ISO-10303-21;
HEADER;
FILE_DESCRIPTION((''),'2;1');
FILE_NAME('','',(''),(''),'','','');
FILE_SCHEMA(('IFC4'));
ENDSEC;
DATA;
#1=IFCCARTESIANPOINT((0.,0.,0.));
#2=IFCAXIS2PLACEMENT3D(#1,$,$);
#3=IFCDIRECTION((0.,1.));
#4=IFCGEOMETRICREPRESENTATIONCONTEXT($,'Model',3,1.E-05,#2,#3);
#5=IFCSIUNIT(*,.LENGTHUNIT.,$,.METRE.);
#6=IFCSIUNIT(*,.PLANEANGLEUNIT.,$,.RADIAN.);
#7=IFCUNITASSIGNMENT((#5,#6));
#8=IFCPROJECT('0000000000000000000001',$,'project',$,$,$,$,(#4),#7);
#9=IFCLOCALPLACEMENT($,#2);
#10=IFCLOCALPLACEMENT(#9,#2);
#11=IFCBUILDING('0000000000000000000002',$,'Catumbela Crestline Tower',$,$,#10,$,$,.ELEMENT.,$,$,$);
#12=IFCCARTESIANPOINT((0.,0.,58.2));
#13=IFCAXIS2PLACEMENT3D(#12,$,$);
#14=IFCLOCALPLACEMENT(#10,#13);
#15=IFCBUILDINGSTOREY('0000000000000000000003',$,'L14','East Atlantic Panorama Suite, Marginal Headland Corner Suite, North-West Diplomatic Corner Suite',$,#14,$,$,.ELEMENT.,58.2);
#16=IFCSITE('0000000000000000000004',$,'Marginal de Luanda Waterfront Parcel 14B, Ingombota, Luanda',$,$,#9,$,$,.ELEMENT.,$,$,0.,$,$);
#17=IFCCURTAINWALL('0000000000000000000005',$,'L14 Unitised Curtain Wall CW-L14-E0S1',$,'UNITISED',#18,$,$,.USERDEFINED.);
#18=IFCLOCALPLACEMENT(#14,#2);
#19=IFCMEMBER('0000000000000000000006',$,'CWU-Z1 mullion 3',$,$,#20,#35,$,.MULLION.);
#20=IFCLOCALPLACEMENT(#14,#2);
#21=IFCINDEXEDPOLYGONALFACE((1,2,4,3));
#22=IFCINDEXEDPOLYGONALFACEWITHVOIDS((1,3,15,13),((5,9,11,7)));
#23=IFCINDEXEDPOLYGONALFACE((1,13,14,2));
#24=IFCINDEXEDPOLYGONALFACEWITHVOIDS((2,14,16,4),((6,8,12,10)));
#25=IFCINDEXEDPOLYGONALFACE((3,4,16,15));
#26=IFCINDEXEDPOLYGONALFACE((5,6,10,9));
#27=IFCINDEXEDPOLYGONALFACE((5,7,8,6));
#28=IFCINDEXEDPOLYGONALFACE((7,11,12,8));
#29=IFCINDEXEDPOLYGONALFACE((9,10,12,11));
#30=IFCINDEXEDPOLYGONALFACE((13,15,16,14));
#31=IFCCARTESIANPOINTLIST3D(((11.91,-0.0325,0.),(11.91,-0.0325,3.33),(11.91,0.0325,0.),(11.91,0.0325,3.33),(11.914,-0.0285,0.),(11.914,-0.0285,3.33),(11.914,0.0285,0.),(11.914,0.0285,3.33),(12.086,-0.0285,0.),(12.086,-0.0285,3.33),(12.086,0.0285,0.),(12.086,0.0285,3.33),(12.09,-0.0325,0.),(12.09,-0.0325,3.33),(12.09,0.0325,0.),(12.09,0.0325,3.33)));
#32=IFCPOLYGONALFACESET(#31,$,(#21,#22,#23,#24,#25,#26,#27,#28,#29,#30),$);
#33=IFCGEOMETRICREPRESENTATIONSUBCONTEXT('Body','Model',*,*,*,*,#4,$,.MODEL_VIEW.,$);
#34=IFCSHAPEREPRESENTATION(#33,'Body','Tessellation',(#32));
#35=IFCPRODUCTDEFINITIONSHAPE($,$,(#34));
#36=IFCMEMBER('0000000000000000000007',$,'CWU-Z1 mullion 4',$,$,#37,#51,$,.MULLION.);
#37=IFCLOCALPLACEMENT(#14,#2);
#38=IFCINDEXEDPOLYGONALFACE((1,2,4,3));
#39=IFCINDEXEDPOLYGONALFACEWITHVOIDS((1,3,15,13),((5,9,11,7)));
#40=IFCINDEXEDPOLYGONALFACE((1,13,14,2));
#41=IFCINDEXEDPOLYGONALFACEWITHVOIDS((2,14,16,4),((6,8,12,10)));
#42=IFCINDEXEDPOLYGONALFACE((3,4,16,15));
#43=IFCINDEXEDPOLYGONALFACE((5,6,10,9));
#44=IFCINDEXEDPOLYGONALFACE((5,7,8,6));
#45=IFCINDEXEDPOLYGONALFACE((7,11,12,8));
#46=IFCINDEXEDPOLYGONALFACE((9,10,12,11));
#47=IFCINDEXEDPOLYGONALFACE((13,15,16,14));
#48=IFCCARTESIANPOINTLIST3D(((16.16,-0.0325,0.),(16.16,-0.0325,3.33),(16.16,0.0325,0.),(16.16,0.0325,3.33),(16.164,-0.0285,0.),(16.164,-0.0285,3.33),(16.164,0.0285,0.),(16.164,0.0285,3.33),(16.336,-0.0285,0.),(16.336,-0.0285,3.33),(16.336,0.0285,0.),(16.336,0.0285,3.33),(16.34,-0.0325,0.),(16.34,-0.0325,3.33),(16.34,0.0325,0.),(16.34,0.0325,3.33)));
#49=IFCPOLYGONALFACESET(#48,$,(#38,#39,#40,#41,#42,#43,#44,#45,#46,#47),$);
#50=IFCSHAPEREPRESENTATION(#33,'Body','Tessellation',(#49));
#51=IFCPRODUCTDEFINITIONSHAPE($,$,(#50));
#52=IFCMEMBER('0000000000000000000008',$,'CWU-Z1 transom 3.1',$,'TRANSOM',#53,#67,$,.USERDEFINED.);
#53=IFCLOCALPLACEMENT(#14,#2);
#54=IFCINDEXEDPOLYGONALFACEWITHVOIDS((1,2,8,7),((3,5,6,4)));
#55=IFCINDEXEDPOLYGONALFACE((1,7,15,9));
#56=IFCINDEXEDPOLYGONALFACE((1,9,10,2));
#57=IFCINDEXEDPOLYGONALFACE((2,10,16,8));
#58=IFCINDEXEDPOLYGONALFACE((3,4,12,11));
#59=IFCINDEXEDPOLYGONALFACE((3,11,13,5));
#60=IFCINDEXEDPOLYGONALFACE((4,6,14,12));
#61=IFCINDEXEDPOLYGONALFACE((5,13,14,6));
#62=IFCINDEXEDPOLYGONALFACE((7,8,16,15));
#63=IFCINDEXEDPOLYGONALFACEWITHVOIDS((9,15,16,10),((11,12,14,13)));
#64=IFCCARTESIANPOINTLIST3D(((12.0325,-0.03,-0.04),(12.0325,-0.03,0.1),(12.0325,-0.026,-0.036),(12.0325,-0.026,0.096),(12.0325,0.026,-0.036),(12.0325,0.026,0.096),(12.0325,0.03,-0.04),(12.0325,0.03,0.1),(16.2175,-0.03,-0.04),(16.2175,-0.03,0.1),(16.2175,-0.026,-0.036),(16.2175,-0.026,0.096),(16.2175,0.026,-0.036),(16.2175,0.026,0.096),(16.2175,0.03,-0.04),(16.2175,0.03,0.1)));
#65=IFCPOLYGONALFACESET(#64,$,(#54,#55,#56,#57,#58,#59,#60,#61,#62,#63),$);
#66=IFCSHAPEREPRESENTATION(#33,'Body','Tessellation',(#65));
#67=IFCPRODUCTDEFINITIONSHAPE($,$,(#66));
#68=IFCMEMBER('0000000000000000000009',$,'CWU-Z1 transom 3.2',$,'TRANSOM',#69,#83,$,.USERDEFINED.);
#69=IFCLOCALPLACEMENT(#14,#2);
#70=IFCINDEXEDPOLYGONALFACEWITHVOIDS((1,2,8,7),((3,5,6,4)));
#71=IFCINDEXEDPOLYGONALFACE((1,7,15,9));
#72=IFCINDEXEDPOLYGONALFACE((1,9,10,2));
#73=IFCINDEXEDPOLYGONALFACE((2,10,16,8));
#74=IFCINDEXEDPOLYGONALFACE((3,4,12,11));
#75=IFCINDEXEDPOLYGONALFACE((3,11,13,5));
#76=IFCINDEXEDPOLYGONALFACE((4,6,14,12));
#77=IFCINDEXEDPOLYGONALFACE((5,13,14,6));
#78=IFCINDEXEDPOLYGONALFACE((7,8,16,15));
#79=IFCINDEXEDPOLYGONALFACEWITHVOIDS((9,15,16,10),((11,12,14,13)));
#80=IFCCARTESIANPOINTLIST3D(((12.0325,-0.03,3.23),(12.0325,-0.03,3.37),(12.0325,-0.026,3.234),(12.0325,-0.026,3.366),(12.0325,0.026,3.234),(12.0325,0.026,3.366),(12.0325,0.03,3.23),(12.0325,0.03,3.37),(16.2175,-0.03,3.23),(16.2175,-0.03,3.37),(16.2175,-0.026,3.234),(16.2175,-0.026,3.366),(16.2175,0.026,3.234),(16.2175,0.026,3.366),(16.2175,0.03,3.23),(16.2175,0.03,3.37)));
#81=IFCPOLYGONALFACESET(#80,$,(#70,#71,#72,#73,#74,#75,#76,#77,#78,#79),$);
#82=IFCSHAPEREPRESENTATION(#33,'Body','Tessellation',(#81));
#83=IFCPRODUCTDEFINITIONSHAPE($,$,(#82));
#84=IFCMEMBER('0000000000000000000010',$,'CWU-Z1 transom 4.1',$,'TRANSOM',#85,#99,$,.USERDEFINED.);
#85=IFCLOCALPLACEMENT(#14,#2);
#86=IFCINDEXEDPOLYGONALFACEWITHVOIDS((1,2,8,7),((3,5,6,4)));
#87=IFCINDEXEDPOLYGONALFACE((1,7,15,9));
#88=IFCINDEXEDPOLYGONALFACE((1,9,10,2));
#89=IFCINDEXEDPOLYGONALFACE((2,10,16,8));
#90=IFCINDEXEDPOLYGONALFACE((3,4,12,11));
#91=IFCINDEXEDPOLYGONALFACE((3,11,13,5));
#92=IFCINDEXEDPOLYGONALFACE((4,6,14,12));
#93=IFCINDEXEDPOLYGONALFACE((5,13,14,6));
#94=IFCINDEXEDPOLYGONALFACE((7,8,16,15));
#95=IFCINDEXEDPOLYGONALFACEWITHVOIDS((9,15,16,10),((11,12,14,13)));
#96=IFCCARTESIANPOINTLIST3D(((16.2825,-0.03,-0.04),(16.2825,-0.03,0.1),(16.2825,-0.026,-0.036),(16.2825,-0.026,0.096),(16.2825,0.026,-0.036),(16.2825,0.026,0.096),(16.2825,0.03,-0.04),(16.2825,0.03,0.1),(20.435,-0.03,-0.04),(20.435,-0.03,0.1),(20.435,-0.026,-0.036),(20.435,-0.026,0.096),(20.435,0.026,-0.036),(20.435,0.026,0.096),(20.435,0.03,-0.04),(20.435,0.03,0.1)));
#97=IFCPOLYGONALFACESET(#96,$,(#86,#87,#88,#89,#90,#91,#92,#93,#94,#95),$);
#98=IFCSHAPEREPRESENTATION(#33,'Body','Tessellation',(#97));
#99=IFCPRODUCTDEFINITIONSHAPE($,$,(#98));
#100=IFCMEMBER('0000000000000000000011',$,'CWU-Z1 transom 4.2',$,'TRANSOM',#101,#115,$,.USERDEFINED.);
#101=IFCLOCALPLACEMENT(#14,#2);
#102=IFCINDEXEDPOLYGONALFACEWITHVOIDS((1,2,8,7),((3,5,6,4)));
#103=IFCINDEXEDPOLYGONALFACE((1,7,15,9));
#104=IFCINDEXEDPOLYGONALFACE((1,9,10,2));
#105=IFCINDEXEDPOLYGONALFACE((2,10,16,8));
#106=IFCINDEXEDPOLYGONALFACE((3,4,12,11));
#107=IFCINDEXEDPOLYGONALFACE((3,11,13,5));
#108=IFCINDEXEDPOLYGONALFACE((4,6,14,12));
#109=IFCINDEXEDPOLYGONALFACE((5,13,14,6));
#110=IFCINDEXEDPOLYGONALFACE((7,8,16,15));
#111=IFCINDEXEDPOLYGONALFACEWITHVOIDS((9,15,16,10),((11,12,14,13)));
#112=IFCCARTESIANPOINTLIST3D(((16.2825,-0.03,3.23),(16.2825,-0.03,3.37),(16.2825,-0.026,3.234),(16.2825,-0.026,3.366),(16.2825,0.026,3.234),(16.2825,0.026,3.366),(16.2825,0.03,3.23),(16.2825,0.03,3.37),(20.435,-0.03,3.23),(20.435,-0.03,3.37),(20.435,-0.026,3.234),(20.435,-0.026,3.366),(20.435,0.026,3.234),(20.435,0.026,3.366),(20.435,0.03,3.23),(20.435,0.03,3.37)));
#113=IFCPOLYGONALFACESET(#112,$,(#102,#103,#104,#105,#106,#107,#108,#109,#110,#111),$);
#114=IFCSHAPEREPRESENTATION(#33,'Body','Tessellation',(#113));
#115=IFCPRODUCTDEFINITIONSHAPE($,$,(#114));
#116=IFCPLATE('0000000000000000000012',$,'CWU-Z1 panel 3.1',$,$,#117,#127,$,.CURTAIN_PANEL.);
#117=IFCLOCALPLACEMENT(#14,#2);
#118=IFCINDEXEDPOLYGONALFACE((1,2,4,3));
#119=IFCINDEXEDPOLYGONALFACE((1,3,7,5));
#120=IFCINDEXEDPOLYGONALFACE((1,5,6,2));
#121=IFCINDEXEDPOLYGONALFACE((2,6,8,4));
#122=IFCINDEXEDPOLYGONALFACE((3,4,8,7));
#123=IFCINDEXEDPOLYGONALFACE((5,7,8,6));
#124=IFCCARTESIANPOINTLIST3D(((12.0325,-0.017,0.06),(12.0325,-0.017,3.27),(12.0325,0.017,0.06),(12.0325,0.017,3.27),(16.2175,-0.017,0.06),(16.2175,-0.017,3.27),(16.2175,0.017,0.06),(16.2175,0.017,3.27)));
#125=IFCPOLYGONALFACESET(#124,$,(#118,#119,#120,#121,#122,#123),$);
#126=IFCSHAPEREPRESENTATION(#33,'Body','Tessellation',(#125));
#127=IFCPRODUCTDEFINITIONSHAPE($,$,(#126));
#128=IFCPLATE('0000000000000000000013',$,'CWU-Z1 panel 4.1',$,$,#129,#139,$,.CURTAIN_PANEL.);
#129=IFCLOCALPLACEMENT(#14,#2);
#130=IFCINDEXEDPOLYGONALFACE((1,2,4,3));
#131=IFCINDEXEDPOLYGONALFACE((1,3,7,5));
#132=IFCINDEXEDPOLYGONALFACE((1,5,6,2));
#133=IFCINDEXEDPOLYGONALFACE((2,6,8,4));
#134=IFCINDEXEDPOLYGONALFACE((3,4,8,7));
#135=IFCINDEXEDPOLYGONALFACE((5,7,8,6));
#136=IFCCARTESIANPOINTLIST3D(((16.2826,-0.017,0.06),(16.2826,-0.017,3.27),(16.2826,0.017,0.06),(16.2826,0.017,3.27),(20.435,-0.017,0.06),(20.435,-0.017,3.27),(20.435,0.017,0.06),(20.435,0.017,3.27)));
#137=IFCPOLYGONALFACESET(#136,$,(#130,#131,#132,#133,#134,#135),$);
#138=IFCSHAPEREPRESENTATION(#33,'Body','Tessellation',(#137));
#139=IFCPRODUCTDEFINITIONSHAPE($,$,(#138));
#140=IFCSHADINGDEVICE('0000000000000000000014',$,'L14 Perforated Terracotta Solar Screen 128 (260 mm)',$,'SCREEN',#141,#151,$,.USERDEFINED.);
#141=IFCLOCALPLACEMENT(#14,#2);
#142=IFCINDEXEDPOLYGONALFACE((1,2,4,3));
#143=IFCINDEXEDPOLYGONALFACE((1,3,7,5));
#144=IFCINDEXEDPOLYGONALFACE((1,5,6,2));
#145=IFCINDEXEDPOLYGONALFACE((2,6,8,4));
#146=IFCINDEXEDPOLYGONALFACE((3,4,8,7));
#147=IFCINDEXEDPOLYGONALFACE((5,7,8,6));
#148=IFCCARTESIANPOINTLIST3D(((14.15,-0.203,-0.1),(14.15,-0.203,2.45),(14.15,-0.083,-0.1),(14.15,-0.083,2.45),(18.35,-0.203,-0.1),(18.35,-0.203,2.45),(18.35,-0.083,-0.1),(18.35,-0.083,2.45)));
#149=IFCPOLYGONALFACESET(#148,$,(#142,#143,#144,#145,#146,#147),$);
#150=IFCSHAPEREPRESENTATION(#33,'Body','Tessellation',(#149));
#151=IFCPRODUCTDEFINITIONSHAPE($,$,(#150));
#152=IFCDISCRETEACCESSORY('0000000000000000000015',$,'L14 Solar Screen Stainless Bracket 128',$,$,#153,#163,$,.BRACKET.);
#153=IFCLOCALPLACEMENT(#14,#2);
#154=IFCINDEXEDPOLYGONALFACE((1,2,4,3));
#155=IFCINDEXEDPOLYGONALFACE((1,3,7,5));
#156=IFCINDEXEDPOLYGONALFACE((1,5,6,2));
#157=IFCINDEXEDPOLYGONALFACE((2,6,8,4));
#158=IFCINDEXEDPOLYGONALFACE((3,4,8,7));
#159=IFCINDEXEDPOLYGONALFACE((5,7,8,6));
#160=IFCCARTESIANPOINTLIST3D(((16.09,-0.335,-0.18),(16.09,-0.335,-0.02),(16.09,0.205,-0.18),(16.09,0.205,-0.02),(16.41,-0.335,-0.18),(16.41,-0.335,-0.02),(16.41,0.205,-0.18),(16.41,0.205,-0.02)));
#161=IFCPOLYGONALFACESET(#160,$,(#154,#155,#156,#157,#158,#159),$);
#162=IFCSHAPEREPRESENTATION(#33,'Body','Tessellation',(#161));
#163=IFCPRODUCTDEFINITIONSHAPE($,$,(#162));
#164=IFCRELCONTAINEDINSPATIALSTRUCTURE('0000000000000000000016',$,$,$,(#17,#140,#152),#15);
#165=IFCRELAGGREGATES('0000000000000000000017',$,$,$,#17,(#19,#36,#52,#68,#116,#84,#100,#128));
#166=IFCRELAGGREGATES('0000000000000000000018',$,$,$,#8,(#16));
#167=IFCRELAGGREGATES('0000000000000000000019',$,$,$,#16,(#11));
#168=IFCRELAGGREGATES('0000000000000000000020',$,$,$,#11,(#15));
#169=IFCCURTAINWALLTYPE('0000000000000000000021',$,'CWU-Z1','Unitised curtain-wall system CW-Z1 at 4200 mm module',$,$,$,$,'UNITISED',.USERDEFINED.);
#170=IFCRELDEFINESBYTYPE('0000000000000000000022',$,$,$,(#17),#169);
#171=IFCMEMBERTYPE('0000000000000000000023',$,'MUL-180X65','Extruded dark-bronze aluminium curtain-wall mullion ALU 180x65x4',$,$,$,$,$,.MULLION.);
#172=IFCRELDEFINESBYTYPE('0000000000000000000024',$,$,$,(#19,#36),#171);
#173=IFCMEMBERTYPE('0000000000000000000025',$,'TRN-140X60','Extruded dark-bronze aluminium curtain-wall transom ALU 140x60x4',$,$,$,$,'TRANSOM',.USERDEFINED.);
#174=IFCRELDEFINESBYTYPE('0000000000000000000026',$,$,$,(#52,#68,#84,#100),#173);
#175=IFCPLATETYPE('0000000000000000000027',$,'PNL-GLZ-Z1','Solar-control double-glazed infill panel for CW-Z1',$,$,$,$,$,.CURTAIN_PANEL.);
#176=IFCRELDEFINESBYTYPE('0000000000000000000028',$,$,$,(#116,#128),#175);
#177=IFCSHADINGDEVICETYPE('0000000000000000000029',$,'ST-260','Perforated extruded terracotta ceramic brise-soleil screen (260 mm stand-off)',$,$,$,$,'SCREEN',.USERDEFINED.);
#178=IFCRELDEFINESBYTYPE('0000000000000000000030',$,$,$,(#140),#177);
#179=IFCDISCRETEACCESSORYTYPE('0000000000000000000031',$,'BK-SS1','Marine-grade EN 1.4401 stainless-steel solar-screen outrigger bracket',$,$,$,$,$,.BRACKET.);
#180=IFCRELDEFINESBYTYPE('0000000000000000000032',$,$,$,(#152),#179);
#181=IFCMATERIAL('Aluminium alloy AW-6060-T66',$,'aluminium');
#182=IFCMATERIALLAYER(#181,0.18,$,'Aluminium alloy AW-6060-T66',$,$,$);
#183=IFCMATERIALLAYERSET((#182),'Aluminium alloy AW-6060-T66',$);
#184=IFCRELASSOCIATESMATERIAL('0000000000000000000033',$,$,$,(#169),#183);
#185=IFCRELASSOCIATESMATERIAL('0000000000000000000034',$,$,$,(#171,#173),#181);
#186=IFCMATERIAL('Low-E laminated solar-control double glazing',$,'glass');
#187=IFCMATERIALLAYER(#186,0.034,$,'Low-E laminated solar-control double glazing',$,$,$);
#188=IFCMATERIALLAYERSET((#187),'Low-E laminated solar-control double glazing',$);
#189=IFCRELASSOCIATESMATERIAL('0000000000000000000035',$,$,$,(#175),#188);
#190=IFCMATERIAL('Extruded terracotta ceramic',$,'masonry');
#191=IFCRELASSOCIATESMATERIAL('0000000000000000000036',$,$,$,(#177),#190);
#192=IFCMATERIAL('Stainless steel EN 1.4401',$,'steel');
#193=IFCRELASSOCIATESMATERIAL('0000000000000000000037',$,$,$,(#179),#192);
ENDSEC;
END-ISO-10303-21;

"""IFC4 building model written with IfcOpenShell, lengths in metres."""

from ifc_helpers import new_model, si_unit, direction, frame, origin, origin_2d, place, context, subcontext, project, spatial, rectangle, hollow_rectangle, extrude, material, layer, layer_set, material_profile, profile_set, type_object, element, aggregate, save


model = new_model("IFC4")

# Units and contexts
model_context = context("Model", 3, precision=1e-05, world=origin(), true_north=direction((0.0, 1.0)))
body_context = subcontext(model_context, "Body", "Model", "MODEL_VIEW")
ifc_project = project(units=[si_unit("LENGTHUNIT", "METRE"), si_unit("PLANEANGLEUNIT", "RADIAN")], contexts=[model_context])

# Site, building, storey
site_placement = place(None, origin())
site = spatial("IfcSite", under=ifc_project, at=site_placement, Name="Marginal de Luanda Waterfront Parcel 14B, Ingombota, Luanda", CompositionType="ELEMENT", RefElevation=0.0)
building_placement = place(site_placement, origin())
building = spatial("IfcBuilding", under=site, at=building_placement, Name="Catumbela Crestline Tower", CompositionType="ELEMENT")
storey_placement = place(building_placement, frame((0.0, 0.0, 58.2)))
storey = spatial("IfcBuildingStorey", under=building, at=storey_placement, Name="L14", Description="East Atlantic Panorama Suite, Marginal Headland Corner Suite, North-West Diplomatic Corner Suite", CompositionType="ELEMENT", Elevation=58.2)

# Curtain wall, members, plates
ifc_material_1 = material(Name="Aluminium alloy AW-6060-T66", Category="aluminium")
ifc_layer_1 = layer(ifc_material_1, 0.18, Name="Aluminium alloy AW-6060-T66")
ifc_layer_set_1 = layer_set([ifc_layer_1], Name="Aluminium alloy AW-6060-T66")
curtain_wall_type = type_object("IfcCurtainWallType", Name="CWU-Z1", Description="Unitised curtain-wall system CW-Z1 at 4200 mm module", ElementType="UNITISED", PredefinedType="USERDEFINED", material=ifc_layer_set_1)
curtain_wall_placement = place(storey_placement, origin())
curtain_wall = element("IfcCurtainWall", 1, at=curtain_wall_placement, inside=storey, type_object=curtain_wall_type, Name="L14 Unitised Curtain Wall CW-L14-E0S1", ObjectType="UNITISED", PredefinedType="USERDEFINED")
ifc_material_profile_1 = material_profile(ifc_material_1, hollow_rectangle(XDim=0.065, YDim=0.18, WallThickness=0.004, at=origin_2d()), Name="ALU 180x65x4")
ifc_profile_set_1 = profile_set([ifc_material_profile_1], Name="Aluminium alloy AW-6060-T66")
member_type_1 = type_object("IfcMemberType", Name="MUL-180X65", Description="Extruded dark-bronze aluminium curtain-wall mullion ALU 180x65x4", PredefinedType="MULLION", material=ifc_profile_set_1)
member_1_placement = place(storey_placement, frame((12.0, 0.0, 0.0), z_axis=(0.0, 0.0, 1.0), x_axis=(0.0, 1.0, 0.0)))
member_1 = element("IfcMember", 2, at=member_1_placement, type_object=member_type_1, Name="CWU-Z1 mullion 3", PredefinedType="MULLION", context=body_context, shape_type="SweptSolid", body=[
    extrude(hollow_rectangle(XDim=0.065, YDim=0.18, WallThickness=0.004, at=origin_2d()), origin(), (0.0, 0.0, 1.0), 3.33),
])
member_2_placement = place(storey_placement, frame((16.25, 0.0, 0.0), z_axis=(0.0, 0.0, 1.0), x_axis=(0.0, 1.0, 0.0)))
member_2 = element("IfcMember", 3, at=member_2_placement, type_object=member_type_1, Name="CWU-Z1 mullion 4", PredefinedType="MULLION", context=body_context, shape_type="SweptSolid", body=[
    extrude(hollow_rectangle(XDim=0.065, YDim=0.18, WallThickness=0.004, at=origin_2d()), origin(), (0.0, 0.0, 1.0), 3.33),
])
ifc_material_profile_2 = material_profile(ifc_material_1, hollow_rectangle(XDim=0.06, YDim=0.14, WallThickness=0.004, at=origin_2d()), Name="ALU 140x60x4")
ifc_profile_set_2 = profile_set([ifc_material_profile_2], Name="Aluminium alloy AW-6060-T66")
member_type_2 = type_object("IfcMemberType", Name="TRN-140X60", Description="Extruded dark-bronze aluminium curtain-wall transom ALU 140x60x4", ElementType="TRANSOM", PredefinedType="USERDEFINED", material=ifc_profile_set_2)
member_3_placement = place(storey_placement, frame((12.0325, 0.0, 0.03), z_axis=(1.0, 0.0, 0.0), x_axis=(0.0, 1.0, 0.0)))
member_3 = element("IfcMember", 4, at=member_3_placement, type_object=member_type_2, Name="CWU-Z1 transom 3.1", ObjectType="TRANSOM", PredefinedType="USERDEFINED", context=body_context, shape_type="SweptSolid", body=[
    extrude(hollow_rectangle(XDim=0.06, YDim=0.14, WallThickness=0.004, at=origin_2d()), origin(), (0.0, 0.0, 1.0), 4.185),
])
member_4_placement = place(storey_placement, frame((12.0325, 0.0, 3.3), z_axis=(1.0, 0.0, 0.0), x_axis=(0.0, 1.0, 0.0)))
member_4 = element("IfcMember", 5, at=member_4_placement, type_object=member_type_2, Name="CWU-Z1 transom 3.2", ObjectType="TRANSOM", PredefinedType="USERDEFINED", context=body_context, shape_type="SweptSolid", body=[
    extrude(hollow_rectangle(XDim=0.06, YDim=0.14, WallThickness=0.004, at=origin_2d()), origin(), (0.0, 0.0, 1.0), 4.185),
])
member_5_placement = place(storey_placement, frame((16.2825, 0.0, 0.03), z_axis=(1.0, 0.0, 0.0), x_axis=(0.0, 1.0, 0.0)))
member_5 = element("IfcMember", 6, at=member_5_placement, type_object=member_type_2, Name="CWU-Z1 transom 4.1", ObjectType="TRANSOM", PredefinedType="USERDEFINED", context=body_context, shape_type="SweptSolid", body=[
    extrude(hollow_rectangle(XDim=0.06, YDim=0.14, WallThickness=0.004, at=origin_2d()), origin(), (0.0, 0.0, 1.0), 4.1525),
])
member_6_placement = place(storey_placement, frame((16.2825, 0.0, 3.3), z_axis=(1.0, 0.0, 0.0), x_axis=(0.0, 1.0, 0.0)))
member_6 = element("IfcMember", 7, at=member_6_placement, type_object=member_type_2, Name="CWU-Z1 transom 4.2", ObjectType="TRANSOM", PredefinedType="USERDEFINED", context=body_context, shape_type="SweptSolid", body=[
    extrude(hollow_rectangle(XDim=0.06, YDim=0.14, WallThickness=0.004, at=origin_2d()), origin(), (0.0, 0.0, 1.0), 4.1525),
])
ifc_material_2 = material(Name="Low-E laminated solar-control double glazing", Category="glass")
ifc_layer_2 = layer(ifc_material_2, 0.034, Name="Low-E laminated solar-control double glazing")
ifc_layer_set_2 = layer_set([ifc_layer_2], Name="Low-E laminated solar-control double glazing")
plate_type = type_object("IfcPlateType", Name="PNL-GLZ-Z1", Description="Solar-control double-glazed infill panel for CW-Z1", PredefinedType="CURTAIN_PANEL", material=ifc_layer_set_2)
plate_1_placement = place(storey_placement, frame((14.125, 0.0, 0.06), z_axis=(0.0, 0.0, 1.0), x_axis=(1.0, 0.0, 0.0)))
plate_1 = element("IfcPlate", 8, at=plate_1_placement, type_object=plate_type, Name="CWU-Z1 panel 3.1", PredefinedType="CURTAIN_PANEL", context=body_context, shape_type="SweptSolid", body=[
    extrude(rectangle(XDim=4.185, YDim=0.034, at=origin_2d()), origin(), (0.0, 0.0, 1.0), 3.21),
])
plate_2_placement = place(storey_placement, frame((18.3588, 0.0, 0.06), z_axis=(0.0, 0.0, 1.0), x_axis=(1.0, 0.0, 0.0)))
plate_2 = element("IfcPlate", 9, at=plate_2_placement, type_object=plate_type, Name="CWU-Z1 panel 4.1", PredefinedType="CURTAIN_PANEL", context=body_context, shape_type="SweptSolid", body=[
    extrude(rectangle(XDim=4.1525, YDim=0.034, at=origin_2d()), origin(), (0.0, 0.0, 1.0), 3.21),
])
aggregate(curtain_wall, [member_1, member_2, member_3, member_4, plate_1, member_5, member_6, plate_2])

# Shading device
ifc_material_3 = material(Name="Extruded terracotta ceramic", Category="masonry")
shading_device_type = type_object("IfcShadingDeviceType", Name="ST-260", Description="Perforated extruded terracotta ceramic brise-soleil screen (260 mm stand-off)", ElementType="SCREEN", PredefinedType="USERDEFINED", material=ifc_material_3)
shading_device_placement = place(storey_placement, frame((16.25, -0.143, -0.1), z_axis=(0.0, 0.0, 1.0), x_axis=(1.0, 0.0, 0.0)))
element("IfcShadingDevice", 10, at=shading_device_placement, inside=storey, type_object=shading_device_type, Name="L14 Perforated Terracotta Solar Screen 128 (260 mm)", ObjectType="SCREEN", PredefinedType="USERDEFINED", context=body_context, shape_type="SweptSolid", body=[
    extrude(rectangle(XDim=4.2, YDim=0.12, at=origin_2d()), origin(), (0.0, 0.0, 1.0), 2.55),
])

# Discrete accessory
ifc_material_4 = material(Name="Stainless steel EN 1.4401", Category="steel")
discrete_accessory_type = type_object("IfcDiscreteAccessoryType", Name="BK-SS1", Description="Marine-grade EN 1.4401 stainless-steel solar-screen outrigger bracket", PredefinedType="BRACKET", material=ifc_material_4)
discrete_accessory_placement = place(storey_placement, frame((16.25, -0.065, -0.18), z_axis=(0.0, 0.0, 1.0), x_axis=(1.0, 0.0, 0.0)))
element("IfcDiscreteAccessory", 11, at=discrete_accessory_placement, inside=storey, type_object=discrete_accessory_type, Name="L14 Solar Screen Stainless Bracket 128", PredefinedType="BRACKET", context=body_context, shape_type="SweptSolid", body=[
    extrude(rectangle(XDim=0.32, YDim=0.54, at=origin_2d()), origin(), (0.0, 0.0, 1.0), 0.16),
])

save(model, "model.ifc")
